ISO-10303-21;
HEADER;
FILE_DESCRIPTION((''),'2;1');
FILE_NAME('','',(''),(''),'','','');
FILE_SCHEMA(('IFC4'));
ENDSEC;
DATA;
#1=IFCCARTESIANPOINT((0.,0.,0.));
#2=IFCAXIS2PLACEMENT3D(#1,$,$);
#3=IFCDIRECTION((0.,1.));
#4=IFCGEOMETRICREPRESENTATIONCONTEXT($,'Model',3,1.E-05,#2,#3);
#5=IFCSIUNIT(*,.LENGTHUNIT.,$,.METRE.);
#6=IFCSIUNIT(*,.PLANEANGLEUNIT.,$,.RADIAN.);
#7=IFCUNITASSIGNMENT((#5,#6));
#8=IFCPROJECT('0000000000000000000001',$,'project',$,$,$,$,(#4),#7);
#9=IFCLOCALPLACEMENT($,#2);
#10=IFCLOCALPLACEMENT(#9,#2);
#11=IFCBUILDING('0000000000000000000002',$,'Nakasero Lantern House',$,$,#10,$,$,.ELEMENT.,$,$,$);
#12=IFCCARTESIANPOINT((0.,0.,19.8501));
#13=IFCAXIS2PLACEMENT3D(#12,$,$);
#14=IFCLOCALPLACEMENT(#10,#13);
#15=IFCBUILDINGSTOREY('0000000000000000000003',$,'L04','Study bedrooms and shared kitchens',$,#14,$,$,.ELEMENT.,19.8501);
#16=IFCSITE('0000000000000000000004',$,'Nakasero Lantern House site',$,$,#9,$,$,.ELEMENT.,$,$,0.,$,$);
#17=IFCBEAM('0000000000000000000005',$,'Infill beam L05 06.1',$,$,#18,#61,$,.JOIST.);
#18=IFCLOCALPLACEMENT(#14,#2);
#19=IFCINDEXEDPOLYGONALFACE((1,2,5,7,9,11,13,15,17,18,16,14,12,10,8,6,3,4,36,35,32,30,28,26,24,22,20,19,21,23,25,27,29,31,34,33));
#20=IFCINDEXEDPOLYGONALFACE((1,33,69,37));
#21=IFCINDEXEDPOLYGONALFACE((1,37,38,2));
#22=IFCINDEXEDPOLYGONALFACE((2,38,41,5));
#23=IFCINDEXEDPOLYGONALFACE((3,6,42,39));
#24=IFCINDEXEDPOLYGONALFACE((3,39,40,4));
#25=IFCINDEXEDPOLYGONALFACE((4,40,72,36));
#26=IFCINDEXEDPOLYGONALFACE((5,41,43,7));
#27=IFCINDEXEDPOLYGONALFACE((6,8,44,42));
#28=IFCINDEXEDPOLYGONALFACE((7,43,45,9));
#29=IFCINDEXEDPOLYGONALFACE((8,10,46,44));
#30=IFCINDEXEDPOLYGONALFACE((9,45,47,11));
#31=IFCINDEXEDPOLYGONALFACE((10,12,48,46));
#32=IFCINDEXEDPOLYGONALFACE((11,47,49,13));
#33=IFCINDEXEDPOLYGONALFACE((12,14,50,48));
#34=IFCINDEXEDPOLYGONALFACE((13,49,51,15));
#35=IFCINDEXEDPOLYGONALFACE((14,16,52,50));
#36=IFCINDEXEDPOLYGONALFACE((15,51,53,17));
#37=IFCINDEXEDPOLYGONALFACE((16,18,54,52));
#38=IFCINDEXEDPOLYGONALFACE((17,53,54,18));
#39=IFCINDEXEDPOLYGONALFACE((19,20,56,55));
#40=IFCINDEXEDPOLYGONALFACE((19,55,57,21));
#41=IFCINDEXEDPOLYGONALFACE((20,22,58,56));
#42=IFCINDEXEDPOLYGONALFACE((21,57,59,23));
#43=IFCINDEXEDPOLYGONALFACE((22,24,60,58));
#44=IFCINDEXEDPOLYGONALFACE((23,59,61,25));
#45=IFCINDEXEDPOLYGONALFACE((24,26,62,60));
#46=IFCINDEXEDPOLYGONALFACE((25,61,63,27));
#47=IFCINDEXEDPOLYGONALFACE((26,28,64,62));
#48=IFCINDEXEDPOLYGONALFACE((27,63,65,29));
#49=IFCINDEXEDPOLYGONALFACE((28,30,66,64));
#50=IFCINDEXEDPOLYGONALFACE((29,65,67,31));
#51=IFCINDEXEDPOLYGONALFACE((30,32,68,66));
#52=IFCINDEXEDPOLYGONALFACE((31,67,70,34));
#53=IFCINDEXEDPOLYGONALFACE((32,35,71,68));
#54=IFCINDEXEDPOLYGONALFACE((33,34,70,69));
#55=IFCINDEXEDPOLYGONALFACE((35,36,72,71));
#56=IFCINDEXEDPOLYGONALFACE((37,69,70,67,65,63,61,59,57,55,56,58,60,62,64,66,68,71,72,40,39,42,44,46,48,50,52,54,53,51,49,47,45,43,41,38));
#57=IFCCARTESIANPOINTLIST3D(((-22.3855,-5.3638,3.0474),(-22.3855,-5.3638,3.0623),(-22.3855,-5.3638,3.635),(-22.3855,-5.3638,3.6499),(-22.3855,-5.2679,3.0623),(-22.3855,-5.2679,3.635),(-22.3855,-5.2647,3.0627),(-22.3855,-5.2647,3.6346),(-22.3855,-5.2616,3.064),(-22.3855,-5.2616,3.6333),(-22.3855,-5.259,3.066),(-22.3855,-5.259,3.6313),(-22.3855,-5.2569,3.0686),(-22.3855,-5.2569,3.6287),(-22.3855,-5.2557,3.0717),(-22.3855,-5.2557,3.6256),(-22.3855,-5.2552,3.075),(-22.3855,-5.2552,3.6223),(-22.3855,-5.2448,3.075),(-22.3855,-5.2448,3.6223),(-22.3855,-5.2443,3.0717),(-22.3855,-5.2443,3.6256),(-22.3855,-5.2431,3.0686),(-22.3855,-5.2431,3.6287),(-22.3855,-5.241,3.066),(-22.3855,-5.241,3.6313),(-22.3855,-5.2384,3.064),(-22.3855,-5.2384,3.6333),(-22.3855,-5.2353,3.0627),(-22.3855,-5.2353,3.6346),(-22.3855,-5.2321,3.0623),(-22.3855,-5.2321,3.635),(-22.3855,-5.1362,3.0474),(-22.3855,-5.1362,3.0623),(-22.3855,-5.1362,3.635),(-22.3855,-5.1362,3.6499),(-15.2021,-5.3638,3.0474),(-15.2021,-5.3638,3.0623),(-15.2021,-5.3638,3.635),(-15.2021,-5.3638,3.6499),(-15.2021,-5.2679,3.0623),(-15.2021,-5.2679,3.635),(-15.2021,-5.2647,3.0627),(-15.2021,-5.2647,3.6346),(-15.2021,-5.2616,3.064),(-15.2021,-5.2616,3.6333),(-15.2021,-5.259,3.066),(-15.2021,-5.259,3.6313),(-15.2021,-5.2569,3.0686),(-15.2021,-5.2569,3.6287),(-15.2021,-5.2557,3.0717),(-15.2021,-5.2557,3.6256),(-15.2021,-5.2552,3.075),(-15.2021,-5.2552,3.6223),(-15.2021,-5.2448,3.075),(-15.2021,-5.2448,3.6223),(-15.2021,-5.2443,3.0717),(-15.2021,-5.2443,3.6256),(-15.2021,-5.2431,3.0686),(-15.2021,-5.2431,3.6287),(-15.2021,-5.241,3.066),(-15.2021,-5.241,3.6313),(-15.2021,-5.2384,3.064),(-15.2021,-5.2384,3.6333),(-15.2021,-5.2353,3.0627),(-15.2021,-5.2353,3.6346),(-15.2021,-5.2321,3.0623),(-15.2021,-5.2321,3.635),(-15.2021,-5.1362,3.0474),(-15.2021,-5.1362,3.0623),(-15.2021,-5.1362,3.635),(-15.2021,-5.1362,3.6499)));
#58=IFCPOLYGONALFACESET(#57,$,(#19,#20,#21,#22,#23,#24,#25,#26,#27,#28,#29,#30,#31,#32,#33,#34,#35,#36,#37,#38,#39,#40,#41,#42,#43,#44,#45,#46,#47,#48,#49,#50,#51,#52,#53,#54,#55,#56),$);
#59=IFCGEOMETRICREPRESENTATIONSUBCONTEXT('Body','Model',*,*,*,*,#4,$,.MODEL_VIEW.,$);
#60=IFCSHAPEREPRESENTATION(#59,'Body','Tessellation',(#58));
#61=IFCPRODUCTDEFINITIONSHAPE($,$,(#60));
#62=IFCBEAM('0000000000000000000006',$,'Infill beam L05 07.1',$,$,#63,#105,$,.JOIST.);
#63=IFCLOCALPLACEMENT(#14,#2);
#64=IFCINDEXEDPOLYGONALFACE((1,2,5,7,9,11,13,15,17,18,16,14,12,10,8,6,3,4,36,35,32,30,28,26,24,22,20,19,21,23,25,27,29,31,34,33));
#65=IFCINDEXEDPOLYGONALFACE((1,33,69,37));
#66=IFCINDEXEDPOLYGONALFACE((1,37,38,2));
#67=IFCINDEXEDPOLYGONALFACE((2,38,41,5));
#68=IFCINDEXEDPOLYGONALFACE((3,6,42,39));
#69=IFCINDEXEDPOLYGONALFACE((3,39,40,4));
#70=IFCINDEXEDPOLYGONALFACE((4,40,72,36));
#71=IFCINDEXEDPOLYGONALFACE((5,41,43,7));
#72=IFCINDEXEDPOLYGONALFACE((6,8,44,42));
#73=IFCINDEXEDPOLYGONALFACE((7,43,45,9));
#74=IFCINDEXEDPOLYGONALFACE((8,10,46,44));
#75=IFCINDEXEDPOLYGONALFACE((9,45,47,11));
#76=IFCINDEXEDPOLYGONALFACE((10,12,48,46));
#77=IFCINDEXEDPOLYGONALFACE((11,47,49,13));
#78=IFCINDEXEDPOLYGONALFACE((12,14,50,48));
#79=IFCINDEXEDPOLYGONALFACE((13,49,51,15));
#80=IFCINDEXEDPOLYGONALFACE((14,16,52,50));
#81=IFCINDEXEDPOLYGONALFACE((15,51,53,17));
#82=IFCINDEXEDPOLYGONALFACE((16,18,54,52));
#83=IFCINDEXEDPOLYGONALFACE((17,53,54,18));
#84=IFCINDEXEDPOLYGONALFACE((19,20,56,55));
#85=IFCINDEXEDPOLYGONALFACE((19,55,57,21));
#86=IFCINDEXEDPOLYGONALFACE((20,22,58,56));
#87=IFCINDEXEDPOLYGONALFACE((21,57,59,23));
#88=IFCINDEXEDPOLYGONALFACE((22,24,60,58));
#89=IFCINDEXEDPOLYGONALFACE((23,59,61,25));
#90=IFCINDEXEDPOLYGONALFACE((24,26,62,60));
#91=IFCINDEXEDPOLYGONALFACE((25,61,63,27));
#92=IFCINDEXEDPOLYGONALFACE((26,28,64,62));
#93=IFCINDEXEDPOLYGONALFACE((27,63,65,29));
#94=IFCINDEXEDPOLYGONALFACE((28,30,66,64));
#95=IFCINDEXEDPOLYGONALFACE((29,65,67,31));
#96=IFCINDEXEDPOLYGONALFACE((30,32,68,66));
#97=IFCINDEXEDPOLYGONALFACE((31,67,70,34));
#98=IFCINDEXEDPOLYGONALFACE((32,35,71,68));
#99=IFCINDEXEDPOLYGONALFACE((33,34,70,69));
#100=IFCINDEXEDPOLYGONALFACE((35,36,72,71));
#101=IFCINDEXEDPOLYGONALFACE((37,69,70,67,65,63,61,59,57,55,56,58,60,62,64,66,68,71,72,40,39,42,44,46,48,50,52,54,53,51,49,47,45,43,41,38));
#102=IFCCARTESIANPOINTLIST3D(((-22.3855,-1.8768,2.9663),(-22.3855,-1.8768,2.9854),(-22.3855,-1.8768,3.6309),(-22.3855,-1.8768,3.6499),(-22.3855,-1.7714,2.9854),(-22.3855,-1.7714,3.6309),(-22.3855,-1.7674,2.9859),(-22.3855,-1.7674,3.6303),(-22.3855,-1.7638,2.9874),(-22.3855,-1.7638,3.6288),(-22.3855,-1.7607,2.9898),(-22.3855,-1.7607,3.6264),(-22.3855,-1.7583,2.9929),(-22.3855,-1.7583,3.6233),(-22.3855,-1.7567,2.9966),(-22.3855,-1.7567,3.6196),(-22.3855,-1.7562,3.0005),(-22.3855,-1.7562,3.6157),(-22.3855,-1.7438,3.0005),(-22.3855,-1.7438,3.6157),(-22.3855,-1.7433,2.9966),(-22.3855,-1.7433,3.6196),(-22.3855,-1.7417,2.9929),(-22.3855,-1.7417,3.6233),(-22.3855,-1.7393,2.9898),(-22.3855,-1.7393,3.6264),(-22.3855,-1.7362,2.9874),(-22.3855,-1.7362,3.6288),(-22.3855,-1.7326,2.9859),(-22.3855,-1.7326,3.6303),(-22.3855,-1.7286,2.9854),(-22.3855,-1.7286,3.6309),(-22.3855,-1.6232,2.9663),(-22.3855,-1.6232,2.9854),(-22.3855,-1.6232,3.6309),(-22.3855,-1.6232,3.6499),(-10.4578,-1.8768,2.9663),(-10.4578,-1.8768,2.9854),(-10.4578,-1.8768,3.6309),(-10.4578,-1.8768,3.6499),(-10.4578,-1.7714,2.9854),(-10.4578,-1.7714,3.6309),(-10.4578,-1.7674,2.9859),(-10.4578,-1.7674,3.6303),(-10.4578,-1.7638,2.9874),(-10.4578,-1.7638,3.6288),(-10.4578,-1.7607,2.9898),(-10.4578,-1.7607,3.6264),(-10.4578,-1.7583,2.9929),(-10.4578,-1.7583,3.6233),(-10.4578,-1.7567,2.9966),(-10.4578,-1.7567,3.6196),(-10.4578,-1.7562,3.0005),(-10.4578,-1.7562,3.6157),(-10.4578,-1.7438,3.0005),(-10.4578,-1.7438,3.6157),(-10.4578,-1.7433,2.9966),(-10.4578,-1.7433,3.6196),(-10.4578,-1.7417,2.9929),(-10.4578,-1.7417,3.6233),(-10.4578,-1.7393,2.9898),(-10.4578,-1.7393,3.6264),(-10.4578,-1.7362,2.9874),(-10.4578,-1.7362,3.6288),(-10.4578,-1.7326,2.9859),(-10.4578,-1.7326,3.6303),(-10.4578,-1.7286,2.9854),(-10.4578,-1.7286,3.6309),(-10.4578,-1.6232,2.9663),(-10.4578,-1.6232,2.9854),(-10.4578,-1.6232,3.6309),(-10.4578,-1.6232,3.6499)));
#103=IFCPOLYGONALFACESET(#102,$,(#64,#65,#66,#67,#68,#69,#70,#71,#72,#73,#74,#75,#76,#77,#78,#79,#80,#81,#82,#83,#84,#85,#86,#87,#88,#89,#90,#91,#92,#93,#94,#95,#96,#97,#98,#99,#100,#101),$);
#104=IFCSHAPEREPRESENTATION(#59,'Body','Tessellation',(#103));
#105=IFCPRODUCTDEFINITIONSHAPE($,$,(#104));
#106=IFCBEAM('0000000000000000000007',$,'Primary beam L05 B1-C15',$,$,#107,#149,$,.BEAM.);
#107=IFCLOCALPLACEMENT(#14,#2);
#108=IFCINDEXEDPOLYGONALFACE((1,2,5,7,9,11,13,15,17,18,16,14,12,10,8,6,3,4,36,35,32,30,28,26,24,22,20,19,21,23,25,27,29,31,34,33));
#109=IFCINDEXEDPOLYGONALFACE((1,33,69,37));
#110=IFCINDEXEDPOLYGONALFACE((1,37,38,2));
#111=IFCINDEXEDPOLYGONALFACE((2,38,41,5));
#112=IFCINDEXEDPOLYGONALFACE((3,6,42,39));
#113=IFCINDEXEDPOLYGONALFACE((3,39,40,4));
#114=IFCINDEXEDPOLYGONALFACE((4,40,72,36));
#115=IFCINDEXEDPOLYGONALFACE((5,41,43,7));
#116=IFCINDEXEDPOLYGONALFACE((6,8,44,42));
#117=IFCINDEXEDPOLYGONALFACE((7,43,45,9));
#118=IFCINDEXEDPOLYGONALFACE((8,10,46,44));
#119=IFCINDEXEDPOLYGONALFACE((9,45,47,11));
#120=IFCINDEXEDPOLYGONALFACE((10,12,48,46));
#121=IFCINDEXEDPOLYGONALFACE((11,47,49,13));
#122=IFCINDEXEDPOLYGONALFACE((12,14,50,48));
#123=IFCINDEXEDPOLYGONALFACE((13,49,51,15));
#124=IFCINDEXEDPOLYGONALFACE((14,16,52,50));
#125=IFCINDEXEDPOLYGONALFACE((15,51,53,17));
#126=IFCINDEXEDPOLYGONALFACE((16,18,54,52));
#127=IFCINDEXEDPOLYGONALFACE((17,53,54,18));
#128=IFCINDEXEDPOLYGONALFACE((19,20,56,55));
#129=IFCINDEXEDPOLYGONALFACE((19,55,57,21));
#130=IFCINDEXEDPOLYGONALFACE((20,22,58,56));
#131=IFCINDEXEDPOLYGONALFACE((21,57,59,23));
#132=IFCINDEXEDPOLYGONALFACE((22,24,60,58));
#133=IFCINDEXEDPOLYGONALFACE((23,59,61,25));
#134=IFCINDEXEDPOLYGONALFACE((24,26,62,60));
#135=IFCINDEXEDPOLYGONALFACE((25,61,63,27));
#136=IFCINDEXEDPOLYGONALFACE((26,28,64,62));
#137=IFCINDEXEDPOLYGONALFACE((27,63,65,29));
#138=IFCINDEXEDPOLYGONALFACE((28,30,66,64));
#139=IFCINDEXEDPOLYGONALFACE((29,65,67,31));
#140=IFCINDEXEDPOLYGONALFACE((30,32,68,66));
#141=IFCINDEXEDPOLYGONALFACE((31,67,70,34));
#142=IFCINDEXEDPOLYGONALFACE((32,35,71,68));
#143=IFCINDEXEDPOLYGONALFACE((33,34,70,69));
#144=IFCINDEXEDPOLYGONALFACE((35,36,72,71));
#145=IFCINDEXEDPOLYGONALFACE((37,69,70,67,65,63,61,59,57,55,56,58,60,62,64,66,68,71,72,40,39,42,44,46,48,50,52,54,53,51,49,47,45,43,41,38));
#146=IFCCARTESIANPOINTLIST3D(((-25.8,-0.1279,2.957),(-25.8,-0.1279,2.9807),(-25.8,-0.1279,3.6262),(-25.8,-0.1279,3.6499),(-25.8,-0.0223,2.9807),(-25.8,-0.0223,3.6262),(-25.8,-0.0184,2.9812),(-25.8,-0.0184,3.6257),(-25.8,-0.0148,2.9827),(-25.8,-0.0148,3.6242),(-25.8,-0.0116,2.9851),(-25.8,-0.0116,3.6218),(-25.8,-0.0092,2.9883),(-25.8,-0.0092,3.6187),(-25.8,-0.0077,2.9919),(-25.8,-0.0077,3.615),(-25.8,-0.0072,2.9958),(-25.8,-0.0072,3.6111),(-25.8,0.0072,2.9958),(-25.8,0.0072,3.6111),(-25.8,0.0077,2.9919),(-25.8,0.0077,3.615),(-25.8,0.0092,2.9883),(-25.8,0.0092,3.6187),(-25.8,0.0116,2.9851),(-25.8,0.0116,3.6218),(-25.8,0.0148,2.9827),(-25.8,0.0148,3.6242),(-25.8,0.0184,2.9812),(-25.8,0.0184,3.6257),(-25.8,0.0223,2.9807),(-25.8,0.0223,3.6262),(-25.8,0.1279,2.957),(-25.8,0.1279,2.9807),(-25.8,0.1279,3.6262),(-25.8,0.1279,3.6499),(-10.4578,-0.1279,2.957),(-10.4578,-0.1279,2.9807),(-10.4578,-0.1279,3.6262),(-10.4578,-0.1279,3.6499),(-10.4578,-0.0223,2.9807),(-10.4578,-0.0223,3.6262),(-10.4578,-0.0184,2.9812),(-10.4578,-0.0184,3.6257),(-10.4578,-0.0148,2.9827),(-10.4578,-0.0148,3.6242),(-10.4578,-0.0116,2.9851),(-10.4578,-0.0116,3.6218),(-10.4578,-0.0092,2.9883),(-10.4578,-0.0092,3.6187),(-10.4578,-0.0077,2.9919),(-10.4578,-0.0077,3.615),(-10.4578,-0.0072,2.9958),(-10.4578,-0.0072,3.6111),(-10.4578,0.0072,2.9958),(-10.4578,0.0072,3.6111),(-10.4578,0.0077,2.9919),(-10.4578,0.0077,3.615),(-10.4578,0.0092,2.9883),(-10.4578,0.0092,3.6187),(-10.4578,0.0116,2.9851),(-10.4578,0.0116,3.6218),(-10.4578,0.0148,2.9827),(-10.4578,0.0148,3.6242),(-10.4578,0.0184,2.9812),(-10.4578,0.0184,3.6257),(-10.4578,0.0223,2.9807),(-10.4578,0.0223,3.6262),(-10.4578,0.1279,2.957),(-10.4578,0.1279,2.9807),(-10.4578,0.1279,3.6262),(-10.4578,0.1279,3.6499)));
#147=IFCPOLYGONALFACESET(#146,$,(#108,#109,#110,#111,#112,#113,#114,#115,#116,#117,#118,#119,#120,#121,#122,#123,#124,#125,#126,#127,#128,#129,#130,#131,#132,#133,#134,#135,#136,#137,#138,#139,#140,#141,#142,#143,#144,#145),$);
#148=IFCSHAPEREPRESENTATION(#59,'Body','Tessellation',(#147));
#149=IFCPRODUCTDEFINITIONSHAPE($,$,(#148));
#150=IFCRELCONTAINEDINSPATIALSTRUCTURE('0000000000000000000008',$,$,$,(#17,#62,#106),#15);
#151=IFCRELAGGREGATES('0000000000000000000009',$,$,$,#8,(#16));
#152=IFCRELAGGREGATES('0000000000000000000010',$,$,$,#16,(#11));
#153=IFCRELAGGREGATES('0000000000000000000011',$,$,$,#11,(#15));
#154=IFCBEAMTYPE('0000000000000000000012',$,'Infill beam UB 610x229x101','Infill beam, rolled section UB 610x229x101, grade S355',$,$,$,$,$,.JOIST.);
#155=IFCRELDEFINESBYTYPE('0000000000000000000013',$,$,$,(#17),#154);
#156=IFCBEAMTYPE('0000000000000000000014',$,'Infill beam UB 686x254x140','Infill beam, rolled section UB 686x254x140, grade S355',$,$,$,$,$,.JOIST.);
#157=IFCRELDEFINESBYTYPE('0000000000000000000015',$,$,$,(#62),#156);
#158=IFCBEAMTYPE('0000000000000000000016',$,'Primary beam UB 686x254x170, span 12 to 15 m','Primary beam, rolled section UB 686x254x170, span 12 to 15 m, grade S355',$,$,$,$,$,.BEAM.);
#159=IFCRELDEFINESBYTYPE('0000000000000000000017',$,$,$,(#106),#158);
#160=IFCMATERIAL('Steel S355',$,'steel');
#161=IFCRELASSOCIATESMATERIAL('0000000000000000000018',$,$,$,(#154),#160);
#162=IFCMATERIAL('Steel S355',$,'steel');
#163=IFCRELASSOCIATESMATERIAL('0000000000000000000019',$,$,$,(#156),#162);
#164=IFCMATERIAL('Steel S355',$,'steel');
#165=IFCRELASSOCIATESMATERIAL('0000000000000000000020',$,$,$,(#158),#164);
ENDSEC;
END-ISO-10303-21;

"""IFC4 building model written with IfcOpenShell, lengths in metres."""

from ifc_helpers import new_model, si_unit, direction, frame, origin, origin_2d, place, context, subcontext, project, spatial, i_section, extrude, material, material_profile, profile_set, type_object, element, save


model = new_model("IFC4")

# Units and contexts
model_context = context("Model", 3, precision=1e-05, world=origin(), true_north=direction((0.0, 1.0)))
body_context = subcontext(model_context, "Body", "Model", "MODEL_VIEW")
ifc_project = project(units=[si_unit("LENGTHUNIT", "METRE"), si_unit("PLANEANGLEUNIT", "RADIAN")], contexts=[model_context])

# Site, building, storey
site_placement = place(None, origin())
site = spatial("IfcSite", under=ifc_project, at=site_placement, Name="Nakasero Lantern House site", CompositionType="ELEMENT", RefElevation=0.0)
building_placement = place(site_placement, origin())
building = spatial("IfcBuilding", under=site, at=building_placement, Name="Nakasero Lantern House", CompositionType="ELEMENT")
storey_placement = place(building_placement, frame((0.0, 0.0, 19.8501)))
storey = spatial("IfcBuildingStorey", under=building, at=storey_placement, Name="L04", Description="Study bedrooms and shared kitchens", CompositionType="ELEMENT", Elevation=19.8501)

# Beams
ifc_material_1 = material(Name="Steel S355", Category="steel")
ifc_material_profile_1 = material_profile(ifc_material_1, i_section(OverallWidth=0.2275, OverallDepth=0.6025, WebThickness=0.0105, FlangeThickness=0.0149, FilletRadius=0.0127, at=origin_2d()), Name="UB 610x229x101")
ifc_profile_set_1 = profile_set([ifc_material_profile_1], Name="Steel S355")
beam_type_1 = type_object("IfcBeamType", Name="Infill beam UB 610x229x101", Description="Infill beam, rolled section UB 610x229x101, grade S355", PredefinedType="JOIST", material=ifc_profile_set_1)
beam_1_placement = place(storey_placement, frame((-22.3855, -5.25, 3.3486), z_axis=(1.0, 0.0, 0.0), x_axis=(0.0, 1.0, 0.0)))
element("IfcBeam", 1, at=beam_1_placement, inside=storey, type_object=beam_type_1, Name="Infill beam L05 06.1", PredefinedType="JOIST", context=body_context, shape_type="SweptSolid", body=[
    extrude(i_section(OverallWidth=0.2275, OverallDepth=0.6025, WebThickness=0.0105, FlangeThickness=0.0149, FilletRadius=0.0127, at=origin_2d()), origin(), (0.0, 0.0, 1.0), 7.1833),
])
ifc_material_2 = material(Name="Steel S355", Category="steel")
ifc_material_profile_2 = material_profile(ifc_material_2, i_section(OverallWidth=0.2537, OverallDepth=0.6836, WebThickness=0.0125, FlangeThickness=0.019, FilletRadius=0.0151, at=origin_2d()), Name="UB 686x254x140")
ifc_profile_set_2 = profile_set([ifc_material_profile_2], Name="Steel S355")
beam_type_2 = type_object("IfcBeamType", Name="Infill beam UB 686x254x140", Description="Infill beam, rolled section UB 686x254x140, grade S355", PredefinedType="JOIST", material=ifc_profile_set_2)
beam_2_placement = place(storey_placement, frame((-22.3855, -1.75, 3.3081), z_axis=(1.0, 0.0, 0.0), x_axis=(0.0, 1.0, 0.0)))
element("IfcBeam", 2, at=beam_2_placement, inside=storey, type_object=beam_type_2, Name="Infill beam L05 07.1", PredefinedType="JOIST", context=body_context, shape_type="SweptSolid", body=[
    extrude(i_section(OverallWidth=0.2537, OverallDepth=0.6836, WebThickness=0.0125, FlangeThickness=0.019, FilletRadius=0.0151, at=origin_2d()), origin(), (0.0, 0.0, 1.0), 11.9277),
])
ifc_material_3 = material(Name="Steel S355", Category="steel")
ifc_material_profile_3 = material_profile(ifc_material_3, i_section(OverallWidth=0.2559, OverallDepth=0.6929, WebThickness=0.0144, FlangeThickness=0.0237, FilletRadius=0.0151, at=origin_2d()), Name="UB 686x254x170")
ifc_profile_set_3 = profile_set([ifc_material_profile_3], Name="Steel S355")
beam_type_3 = type_object("IfcBeamType", Name="Primary beam UB 686x254x170, span 12 to 15 m", Description="Primary beam, rolled section UB 686x254x170, span 12 to 15 m, grade S355", PredefinedType="BEAM", material=ifc_profile_set_3)
beam_3_placement = place(storey_placement, frame((-25.8, 0.0, 3.3035), z_axis=(1.0, 0.0, 0.0), x_axis=(0.0, 1.0, 0.0)))
element("IfcBeam", 3, at=beam_3_placement, inside=storey, type_object=beam_type_3, Name="Primary beam L05 B1-C15", PredefinedType="BEAM", context=body_context, shape_type="SweptSolid", body=[
    extrude(i_section(OverallWidth=0.2559, OverallDepth=0.6929, WebThickness=0.0144, FlangeThickness=0.0237, FilletRadius=0.0151, at=origin_2d()), origin(), (0.0, 0.0, 1.0), 15.3423),
])

save(model, "model.ifc")
